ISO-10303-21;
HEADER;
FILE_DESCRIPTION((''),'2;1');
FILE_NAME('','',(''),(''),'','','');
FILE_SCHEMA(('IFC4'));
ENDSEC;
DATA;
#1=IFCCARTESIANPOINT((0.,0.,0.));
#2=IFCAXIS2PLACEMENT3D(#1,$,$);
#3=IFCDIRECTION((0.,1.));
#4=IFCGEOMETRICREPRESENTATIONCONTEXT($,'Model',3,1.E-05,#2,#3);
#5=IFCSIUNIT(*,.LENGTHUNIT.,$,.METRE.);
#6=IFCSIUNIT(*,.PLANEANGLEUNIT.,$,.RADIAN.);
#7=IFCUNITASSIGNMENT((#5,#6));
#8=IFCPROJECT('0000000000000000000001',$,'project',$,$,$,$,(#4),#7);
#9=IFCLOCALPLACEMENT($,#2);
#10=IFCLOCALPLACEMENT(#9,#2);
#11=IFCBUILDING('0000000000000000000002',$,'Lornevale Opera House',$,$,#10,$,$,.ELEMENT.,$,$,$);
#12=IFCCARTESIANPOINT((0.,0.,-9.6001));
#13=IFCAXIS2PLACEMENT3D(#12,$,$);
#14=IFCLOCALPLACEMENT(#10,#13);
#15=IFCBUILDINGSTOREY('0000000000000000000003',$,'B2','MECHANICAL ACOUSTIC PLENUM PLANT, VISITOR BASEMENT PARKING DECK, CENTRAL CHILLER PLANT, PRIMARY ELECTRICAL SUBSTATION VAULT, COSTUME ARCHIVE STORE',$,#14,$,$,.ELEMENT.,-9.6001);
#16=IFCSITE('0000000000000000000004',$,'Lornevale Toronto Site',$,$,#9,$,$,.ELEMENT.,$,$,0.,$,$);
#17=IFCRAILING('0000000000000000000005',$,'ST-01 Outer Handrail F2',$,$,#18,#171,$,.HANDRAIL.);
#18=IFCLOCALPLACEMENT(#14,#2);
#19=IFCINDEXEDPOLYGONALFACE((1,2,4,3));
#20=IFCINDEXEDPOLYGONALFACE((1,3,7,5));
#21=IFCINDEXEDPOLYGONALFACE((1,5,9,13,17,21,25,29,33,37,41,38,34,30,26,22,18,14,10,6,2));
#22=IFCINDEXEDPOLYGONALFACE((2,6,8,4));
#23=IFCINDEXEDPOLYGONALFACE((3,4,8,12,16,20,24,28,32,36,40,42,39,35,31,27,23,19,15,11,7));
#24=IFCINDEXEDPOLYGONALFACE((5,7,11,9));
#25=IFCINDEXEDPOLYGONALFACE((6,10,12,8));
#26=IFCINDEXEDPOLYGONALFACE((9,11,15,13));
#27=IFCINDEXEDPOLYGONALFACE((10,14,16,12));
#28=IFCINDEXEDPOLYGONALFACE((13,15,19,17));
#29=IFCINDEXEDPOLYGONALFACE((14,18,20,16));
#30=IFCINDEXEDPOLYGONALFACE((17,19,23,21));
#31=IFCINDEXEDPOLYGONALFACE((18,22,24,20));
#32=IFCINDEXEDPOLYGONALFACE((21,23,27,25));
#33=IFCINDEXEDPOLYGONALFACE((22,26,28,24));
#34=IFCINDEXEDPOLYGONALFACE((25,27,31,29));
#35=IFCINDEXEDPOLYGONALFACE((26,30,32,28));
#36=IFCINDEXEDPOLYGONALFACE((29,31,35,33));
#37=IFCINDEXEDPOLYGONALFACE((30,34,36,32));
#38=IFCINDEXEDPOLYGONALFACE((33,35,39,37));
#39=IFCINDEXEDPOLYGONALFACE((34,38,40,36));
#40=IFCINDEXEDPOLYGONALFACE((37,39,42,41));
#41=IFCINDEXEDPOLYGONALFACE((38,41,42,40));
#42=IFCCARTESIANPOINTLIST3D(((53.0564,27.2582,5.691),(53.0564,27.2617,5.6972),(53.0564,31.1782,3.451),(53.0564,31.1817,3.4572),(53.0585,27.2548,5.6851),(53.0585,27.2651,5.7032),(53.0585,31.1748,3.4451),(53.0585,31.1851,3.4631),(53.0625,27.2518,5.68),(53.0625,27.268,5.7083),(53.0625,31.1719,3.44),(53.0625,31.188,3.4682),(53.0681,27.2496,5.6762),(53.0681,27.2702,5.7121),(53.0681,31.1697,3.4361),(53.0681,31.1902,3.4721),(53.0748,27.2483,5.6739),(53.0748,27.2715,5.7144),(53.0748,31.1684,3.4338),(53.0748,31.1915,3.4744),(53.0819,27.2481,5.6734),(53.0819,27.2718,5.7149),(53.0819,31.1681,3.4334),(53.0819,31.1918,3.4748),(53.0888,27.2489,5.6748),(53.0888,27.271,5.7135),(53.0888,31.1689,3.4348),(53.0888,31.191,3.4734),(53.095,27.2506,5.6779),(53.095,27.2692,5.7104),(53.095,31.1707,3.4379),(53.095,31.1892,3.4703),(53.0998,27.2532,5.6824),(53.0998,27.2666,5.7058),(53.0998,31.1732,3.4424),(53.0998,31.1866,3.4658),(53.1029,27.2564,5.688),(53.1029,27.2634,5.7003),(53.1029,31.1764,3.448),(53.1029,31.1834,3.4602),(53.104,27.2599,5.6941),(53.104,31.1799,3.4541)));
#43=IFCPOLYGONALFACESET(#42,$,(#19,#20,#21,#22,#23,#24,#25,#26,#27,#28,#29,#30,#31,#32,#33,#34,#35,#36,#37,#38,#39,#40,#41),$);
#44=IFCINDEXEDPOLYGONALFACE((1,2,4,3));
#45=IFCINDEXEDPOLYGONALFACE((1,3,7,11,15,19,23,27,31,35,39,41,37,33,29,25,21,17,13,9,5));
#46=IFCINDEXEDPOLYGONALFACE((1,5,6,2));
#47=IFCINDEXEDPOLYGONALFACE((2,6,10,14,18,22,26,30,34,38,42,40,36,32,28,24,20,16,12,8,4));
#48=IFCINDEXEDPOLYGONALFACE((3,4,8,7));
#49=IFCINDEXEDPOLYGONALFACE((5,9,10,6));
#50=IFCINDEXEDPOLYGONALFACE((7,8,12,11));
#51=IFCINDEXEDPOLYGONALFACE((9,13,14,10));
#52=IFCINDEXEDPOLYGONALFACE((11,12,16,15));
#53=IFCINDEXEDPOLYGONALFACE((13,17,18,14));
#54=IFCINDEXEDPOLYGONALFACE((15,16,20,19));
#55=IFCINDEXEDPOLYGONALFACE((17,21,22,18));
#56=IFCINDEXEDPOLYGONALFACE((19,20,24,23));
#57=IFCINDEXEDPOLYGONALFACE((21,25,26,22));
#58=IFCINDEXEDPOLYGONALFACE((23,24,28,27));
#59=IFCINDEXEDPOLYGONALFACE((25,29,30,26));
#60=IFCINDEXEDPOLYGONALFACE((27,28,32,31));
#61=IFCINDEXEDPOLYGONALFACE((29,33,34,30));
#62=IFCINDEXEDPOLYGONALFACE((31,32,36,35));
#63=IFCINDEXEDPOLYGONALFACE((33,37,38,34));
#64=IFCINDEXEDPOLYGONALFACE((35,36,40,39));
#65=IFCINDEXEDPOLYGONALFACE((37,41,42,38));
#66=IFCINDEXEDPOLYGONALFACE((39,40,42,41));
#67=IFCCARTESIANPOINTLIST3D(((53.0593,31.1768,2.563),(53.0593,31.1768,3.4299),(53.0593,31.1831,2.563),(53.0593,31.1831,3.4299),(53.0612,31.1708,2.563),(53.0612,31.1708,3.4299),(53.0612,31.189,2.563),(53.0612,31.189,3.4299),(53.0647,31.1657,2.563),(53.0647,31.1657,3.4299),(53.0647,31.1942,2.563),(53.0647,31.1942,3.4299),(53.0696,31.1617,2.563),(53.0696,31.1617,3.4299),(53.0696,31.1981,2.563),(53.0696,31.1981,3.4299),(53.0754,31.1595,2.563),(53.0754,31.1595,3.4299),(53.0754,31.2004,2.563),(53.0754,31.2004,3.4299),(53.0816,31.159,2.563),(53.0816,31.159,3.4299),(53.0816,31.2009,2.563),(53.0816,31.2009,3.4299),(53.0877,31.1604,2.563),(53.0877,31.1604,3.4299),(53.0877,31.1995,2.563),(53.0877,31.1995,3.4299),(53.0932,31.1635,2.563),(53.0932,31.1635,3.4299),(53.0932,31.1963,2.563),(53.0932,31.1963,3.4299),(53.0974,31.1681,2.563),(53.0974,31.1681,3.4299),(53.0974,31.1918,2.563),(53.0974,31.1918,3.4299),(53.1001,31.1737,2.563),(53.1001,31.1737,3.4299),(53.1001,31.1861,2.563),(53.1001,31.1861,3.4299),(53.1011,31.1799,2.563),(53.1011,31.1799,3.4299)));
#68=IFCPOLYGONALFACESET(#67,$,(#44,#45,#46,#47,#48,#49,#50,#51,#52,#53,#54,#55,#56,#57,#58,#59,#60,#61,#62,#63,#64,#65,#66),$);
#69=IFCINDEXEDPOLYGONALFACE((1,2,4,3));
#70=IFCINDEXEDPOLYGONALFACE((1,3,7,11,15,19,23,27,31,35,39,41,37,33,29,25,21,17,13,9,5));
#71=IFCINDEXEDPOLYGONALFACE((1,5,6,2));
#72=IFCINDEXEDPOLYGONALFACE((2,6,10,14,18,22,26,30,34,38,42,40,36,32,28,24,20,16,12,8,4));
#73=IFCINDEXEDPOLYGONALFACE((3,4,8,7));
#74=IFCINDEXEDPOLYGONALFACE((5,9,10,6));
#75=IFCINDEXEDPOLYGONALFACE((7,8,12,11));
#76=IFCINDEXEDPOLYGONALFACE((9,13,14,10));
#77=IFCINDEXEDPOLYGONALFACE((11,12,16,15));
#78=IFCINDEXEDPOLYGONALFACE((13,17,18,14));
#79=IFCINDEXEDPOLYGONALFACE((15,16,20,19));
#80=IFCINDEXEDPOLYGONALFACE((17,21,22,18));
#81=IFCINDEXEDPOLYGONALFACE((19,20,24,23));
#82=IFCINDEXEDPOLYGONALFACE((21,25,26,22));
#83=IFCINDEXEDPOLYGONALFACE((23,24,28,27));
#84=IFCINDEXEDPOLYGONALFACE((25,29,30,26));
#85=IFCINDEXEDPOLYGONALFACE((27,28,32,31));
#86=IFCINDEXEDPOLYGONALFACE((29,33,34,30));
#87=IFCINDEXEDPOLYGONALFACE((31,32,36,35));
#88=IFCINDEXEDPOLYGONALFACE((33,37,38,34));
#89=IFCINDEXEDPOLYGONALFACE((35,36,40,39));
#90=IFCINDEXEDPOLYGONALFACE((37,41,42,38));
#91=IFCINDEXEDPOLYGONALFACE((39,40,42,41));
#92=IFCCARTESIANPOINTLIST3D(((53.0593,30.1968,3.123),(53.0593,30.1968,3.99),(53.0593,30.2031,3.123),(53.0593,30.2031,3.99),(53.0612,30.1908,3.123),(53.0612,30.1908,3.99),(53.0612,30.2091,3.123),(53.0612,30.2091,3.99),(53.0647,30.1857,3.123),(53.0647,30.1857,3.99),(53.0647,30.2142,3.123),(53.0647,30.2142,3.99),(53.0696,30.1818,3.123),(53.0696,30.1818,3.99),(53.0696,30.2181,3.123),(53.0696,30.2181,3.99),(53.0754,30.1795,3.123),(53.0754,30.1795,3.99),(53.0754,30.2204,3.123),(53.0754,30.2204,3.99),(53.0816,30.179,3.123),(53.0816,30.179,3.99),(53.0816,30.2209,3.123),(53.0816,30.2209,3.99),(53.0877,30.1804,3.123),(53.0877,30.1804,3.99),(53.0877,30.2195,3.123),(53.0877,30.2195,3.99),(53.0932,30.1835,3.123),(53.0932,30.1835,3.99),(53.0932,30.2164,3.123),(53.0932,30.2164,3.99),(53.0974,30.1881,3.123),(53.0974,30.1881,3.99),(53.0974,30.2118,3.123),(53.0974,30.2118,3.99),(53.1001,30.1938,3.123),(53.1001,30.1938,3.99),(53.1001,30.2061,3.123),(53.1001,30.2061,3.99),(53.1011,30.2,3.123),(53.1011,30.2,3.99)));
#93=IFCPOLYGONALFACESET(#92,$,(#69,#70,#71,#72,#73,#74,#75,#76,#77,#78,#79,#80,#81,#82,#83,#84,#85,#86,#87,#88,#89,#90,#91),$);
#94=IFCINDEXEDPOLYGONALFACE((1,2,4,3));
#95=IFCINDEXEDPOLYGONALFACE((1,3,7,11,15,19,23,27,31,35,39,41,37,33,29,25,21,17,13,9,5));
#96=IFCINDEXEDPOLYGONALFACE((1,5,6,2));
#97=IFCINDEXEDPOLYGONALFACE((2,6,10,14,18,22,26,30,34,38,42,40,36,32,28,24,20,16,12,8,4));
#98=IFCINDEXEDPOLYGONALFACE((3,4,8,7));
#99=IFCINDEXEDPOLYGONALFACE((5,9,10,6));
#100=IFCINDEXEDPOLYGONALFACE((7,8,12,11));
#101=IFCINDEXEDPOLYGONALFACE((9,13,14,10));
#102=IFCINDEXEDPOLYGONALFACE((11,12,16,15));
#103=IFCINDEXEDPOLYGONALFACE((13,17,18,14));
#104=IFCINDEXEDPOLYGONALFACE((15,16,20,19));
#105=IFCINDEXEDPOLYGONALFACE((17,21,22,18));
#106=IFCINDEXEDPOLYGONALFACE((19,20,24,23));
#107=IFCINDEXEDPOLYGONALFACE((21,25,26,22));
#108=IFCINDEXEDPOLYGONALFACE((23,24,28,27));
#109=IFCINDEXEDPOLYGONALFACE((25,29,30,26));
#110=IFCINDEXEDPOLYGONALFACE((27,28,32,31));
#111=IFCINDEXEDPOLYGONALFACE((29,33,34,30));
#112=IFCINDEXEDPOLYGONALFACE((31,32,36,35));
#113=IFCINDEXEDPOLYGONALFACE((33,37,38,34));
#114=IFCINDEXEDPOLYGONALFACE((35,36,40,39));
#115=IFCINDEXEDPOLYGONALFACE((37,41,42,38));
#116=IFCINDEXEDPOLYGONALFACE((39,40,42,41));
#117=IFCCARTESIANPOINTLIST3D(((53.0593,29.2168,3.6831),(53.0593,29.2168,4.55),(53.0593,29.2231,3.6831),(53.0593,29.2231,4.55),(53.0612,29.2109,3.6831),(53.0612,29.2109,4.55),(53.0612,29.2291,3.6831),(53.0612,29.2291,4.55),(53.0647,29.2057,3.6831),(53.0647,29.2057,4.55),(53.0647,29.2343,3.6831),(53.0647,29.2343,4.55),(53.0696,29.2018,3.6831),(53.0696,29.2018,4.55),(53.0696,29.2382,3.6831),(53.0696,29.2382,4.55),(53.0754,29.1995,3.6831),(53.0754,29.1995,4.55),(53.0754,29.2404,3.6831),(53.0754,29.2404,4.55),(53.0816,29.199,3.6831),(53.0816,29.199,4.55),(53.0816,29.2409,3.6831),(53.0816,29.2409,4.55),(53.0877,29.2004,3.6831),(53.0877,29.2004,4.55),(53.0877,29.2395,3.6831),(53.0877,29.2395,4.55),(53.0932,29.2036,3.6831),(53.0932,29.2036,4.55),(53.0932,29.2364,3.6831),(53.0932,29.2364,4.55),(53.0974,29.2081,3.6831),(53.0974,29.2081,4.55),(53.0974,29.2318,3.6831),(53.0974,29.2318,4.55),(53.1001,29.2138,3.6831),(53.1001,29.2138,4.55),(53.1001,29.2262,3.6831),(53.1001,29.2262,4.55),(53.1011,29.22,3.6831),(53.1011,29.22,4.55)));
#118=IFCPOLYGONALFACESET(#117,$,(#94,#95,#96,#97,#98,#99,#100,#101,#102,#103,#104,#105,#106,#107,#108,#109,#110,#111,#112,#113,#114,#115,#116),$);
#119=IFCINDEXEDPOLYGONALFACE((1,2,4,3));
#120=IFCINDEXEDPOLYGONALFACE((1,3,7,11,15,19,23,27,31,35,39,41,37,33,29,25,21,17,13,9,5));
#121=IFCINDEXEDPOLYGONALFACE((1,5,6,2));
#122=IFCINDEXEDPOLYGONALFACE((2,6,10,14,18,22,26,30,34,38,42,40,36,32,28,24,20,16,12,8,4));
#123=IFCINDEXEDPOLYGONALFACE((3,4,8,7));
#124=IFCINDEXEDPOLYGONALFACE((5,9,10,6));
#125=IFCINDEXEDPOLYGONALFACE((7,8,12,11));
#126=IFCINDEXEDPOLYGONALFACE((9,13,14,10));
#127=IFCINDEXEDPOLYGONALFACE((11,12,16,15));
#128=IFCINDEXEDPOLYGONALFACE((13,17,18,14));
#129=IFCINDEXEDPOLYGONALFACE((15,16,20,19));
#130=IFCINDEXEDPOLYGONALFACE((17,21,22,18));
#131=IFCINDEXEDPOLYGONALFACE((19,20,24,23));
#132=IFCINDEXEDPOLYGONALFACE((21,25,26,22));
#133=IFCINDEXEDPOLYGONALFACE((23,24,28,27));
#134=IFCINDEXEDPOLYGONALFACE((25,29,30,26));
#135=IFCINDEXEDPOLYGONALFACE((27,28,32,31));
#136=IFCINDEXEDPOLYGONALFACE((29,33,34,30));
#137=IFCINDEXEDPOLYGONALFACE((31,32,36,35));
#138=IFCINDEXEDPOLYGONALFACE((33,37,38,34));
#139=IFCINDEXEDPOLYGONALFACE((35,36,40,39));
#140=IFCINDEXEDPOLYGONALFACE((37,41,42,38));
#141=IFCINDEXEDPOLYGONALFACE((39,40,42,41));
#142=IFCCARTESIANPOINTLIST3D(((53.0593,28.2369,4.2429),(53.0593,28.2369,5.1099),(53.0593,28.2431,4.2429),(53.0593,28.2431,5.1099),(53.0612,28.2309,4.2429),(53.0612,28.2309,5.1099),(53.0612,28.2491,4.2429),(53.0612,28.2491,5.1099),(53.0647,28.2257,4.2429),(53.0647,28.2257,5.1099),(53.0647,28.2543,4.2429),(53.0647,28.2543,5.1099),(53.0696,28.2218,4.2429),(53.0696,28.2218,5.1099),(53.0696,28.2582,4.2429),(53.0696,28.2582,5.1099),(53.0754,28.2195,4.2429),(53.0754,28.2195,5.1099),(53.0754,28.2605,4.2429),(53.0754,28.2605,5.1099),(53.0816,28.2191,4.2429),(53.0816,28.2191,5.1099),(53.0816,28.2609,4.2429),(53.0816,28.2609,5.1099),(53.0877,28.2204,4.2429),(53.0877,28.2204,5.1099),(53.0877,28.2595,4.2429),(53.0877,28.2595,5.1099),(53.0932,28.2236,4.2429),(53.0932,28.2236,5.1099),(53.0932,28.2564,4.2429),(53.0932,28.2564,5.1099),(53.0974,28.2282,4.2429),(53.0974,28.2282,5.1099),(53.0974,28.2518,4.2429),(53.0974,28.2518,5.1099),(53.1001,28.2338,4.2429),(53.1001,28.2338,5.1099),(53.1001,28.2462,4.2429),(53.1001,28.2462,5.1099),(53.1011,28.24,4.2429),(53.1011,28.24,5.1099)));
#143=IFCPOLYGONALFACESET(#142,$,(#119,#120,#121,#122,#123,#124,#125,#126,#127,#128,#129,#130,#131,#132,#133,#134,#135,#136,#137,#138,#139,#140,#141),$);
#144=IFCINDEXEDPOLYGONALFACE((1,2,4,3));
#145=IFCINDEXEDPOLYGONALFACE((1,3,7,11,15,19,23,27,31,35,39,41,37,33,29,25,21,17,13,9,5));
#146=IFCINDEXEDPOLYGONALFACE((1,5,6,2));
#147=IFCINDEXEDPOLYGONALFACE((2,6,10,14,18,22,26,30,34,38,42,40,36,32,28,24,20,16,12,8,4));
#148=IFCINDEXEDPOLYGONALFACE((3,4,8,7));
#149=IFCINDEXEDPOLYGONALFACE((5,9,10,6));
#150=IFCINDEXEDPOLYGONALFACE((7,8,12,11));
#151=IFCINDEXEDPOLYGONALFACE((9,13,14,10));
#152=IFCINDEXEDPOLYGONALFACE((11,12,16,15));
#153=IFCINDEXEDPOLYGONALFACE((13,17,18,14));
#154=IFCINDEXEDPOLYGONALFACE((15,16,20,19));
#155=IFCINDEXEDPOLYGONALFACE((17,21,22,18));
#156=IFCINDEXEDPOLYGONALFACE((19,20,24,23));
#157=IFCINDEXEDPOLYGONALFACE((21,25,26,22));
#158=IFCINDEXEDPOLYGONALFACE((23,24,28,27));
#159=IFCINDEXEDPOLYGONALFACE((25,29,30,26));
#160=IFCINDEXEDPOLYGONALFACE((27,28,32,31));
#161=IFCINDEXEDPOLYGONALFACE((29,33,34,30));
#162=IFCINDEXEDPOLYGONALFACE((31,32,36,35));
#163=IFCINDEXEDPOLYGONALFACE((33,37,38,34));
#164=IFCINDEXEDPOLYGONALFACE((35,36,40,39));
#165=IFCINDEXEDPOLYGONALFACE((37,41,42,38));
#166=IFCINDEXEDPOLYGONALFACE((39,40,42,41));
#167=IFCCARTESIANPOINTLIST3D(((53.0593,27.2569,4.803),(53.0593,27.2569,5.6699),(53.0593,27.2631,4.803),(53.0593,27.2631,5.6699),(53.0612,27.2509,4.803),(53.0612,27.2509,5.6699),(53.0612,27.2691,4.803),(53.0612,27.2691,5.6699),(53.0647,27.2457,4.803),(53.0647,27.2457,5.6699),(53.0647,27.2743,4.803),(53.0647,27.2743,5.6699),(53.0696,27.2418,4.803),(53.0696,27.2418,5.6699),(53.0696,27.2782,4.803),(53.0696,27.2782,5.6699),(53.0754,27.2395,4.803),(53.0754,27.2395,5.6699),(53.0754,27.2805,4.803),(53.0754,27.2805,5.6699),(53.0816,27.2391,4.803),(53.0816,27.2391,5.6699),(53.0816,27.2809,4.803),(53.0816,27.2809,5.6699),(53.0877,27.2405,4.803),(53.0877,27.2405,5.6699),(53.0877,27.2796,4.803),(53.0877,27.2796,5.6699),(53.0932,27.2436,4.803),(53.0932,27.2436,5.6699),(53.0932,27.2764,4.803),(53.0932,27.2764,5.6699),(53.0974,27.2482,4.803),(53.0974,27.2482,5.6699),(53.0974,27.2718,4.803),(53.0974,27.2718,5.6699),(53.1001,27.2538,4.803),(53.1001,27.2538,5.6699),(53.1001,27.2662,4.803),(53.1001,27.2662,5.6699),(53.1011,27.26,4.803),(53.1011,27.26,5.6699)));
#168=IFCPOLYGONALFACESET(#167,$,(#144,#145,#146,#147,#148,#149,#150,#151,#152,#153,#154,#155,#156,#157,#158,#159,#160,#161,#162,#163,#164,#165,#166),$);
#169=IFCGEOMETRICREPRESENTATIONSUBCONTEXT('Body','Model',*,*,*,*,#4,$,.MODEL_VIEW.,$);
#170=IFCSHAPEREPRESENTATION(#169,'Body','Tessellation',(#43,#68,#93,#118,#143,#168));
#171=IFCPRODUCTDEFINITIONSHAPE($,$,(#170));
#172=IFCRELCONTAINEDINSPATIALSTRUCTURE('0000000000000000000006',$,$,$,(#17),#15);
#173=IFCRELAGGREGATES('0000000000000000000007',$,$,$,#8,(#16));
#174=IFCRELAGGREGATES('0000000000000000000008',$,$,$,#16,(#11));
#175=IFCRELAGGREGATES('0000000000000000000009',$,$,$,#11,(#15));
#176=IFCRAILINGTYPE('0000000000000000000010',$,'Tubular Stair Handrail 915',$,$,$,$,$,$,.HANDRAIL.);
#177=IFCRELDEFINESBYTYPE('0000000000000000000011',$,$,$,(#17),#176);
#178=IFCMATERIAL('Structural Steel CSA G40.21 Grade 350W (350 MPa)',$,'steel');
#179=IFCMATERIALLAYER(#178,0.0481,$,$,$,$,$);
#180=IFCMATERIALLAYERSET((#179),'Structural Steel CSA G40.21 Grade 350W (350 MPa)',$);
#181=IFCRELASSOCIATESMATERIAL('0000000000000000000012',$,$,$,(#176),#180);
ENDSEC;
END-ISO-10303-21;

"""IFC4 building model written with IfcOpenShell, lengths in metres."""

from ifc_helpers import new_model, si_unit, direction, frame, origin, origin_2d, place, context, subcontext, project, spatial, circle, extrude, material, layer, layer_set, type_object, element, save


model = new_model("IFC4")

# Units and contexts
model_context = context("Model", 3, precision=1e-05, world=origin(), true_north=direction((0.0, 1.0)))
body_context = subcontext(model_context, "Body", "Model", "MODEL_VIEW")
ifc_project = project(units=[si_unit("LENGTHUNIT", "METRE"), si_unit("PLANEANGLEUNIT", "RADIAN")], contexts=[model_context])

# Site, building, storey
site_placement = place(None, origin())
site = spatial("IfcSite", under=ifc_project, at=site_placement, Name="Lornevale Toronto Site", CompositionType="ELEMENT", RefElevation=0.0)
building_placement = place(site_placement, origin())
building = spatial("IfcBuilding", under=site, at=building_placement, Name="Lornevale Opera House", CompositionType="ELEMENT")
storey_placement = place(building_placement, frame((0.0, 0.0, -9.6001)))
storey = spatial("IfcBuildingStorey", under=building, at=storey_placement, Name="B2", Description="MECHANICAL ACOUSTIC PLENUM PLANT, VISITOR BASEMENT PARKING DECK, CENTRAL CHILLER PLANT, PRIMARY ELECTRICAL SUBSTATION VAULT, COSTUME ARCHIVE STORE", CompositionType="ELEMENT", Elevation=-9.6001)

# Railing
ifc_material_1 = material(Name="Structural Steel CSA G40.21 Grade 350W (350 MPa)", Category="steel")
ifc_layer_1 = layer(ifc_material_1, 0.0481)
ifc_layer_set_1 = layer_set([ifc_layer_1], Name="Structural Steel CSA G40.21 Grade 350W (350 MPa)")
railing_type_1 = type_object("IfcRailingType", Name="Tubular Stair Handrail 915", PredefinedType="HANDRAIL", material=ifc_layer_set_1)
railing_1_placement = place(storey_placement, frame((53.0801, 31.1799, 2.563)))
element("IfcRailing", 1, at=railing_1_placement, inside=storey, type_object=railing_type_1, Name="ST-01 Outer Handrail F2", PredefinedType="HANDRAIL", context=body_context, shape_type="SweptSolid", body=[
    extrude(circle(Radius=0.0239, at=origin_2d()), frame((0.0, 0.0, 0.8911), z_axis=(0.0, -0.86824, 0.496145), x_axis=(1.0, 0.0, 0.0)), (0.0, 0.0, 1.0), 4.5149),
    extrude(circle(Radius=0.021, at=origin_2d()), origin(), (0.0, 0.0, 1.0), 0.8669),
    extrude(circle(Radius=0.021, at=origin_2d()), frame((0.0, -0.98, 0.5601)), (0.0, 0.0, 1.0), 0.8669),
    extrude(circle(Radius=0.021, at=origin_2d()), frame((0.0, -1.96, 1.1201)), (0.0, 0.0, 1.0), 0.8669),
    extrude(circle(Radius=0.021, at=origin_2d()), frame((0.0, -2.9399, 1.6799)), (0.0, 0.0, 1.0), 0.8669),
    extrude(circle(Radius=0.021, at=origin_2d()), frame((0.0, -3.9199, 2.24)), (0.0, 0.0, 1.0), 0.8669),
])

save(model, "model.ifc")
